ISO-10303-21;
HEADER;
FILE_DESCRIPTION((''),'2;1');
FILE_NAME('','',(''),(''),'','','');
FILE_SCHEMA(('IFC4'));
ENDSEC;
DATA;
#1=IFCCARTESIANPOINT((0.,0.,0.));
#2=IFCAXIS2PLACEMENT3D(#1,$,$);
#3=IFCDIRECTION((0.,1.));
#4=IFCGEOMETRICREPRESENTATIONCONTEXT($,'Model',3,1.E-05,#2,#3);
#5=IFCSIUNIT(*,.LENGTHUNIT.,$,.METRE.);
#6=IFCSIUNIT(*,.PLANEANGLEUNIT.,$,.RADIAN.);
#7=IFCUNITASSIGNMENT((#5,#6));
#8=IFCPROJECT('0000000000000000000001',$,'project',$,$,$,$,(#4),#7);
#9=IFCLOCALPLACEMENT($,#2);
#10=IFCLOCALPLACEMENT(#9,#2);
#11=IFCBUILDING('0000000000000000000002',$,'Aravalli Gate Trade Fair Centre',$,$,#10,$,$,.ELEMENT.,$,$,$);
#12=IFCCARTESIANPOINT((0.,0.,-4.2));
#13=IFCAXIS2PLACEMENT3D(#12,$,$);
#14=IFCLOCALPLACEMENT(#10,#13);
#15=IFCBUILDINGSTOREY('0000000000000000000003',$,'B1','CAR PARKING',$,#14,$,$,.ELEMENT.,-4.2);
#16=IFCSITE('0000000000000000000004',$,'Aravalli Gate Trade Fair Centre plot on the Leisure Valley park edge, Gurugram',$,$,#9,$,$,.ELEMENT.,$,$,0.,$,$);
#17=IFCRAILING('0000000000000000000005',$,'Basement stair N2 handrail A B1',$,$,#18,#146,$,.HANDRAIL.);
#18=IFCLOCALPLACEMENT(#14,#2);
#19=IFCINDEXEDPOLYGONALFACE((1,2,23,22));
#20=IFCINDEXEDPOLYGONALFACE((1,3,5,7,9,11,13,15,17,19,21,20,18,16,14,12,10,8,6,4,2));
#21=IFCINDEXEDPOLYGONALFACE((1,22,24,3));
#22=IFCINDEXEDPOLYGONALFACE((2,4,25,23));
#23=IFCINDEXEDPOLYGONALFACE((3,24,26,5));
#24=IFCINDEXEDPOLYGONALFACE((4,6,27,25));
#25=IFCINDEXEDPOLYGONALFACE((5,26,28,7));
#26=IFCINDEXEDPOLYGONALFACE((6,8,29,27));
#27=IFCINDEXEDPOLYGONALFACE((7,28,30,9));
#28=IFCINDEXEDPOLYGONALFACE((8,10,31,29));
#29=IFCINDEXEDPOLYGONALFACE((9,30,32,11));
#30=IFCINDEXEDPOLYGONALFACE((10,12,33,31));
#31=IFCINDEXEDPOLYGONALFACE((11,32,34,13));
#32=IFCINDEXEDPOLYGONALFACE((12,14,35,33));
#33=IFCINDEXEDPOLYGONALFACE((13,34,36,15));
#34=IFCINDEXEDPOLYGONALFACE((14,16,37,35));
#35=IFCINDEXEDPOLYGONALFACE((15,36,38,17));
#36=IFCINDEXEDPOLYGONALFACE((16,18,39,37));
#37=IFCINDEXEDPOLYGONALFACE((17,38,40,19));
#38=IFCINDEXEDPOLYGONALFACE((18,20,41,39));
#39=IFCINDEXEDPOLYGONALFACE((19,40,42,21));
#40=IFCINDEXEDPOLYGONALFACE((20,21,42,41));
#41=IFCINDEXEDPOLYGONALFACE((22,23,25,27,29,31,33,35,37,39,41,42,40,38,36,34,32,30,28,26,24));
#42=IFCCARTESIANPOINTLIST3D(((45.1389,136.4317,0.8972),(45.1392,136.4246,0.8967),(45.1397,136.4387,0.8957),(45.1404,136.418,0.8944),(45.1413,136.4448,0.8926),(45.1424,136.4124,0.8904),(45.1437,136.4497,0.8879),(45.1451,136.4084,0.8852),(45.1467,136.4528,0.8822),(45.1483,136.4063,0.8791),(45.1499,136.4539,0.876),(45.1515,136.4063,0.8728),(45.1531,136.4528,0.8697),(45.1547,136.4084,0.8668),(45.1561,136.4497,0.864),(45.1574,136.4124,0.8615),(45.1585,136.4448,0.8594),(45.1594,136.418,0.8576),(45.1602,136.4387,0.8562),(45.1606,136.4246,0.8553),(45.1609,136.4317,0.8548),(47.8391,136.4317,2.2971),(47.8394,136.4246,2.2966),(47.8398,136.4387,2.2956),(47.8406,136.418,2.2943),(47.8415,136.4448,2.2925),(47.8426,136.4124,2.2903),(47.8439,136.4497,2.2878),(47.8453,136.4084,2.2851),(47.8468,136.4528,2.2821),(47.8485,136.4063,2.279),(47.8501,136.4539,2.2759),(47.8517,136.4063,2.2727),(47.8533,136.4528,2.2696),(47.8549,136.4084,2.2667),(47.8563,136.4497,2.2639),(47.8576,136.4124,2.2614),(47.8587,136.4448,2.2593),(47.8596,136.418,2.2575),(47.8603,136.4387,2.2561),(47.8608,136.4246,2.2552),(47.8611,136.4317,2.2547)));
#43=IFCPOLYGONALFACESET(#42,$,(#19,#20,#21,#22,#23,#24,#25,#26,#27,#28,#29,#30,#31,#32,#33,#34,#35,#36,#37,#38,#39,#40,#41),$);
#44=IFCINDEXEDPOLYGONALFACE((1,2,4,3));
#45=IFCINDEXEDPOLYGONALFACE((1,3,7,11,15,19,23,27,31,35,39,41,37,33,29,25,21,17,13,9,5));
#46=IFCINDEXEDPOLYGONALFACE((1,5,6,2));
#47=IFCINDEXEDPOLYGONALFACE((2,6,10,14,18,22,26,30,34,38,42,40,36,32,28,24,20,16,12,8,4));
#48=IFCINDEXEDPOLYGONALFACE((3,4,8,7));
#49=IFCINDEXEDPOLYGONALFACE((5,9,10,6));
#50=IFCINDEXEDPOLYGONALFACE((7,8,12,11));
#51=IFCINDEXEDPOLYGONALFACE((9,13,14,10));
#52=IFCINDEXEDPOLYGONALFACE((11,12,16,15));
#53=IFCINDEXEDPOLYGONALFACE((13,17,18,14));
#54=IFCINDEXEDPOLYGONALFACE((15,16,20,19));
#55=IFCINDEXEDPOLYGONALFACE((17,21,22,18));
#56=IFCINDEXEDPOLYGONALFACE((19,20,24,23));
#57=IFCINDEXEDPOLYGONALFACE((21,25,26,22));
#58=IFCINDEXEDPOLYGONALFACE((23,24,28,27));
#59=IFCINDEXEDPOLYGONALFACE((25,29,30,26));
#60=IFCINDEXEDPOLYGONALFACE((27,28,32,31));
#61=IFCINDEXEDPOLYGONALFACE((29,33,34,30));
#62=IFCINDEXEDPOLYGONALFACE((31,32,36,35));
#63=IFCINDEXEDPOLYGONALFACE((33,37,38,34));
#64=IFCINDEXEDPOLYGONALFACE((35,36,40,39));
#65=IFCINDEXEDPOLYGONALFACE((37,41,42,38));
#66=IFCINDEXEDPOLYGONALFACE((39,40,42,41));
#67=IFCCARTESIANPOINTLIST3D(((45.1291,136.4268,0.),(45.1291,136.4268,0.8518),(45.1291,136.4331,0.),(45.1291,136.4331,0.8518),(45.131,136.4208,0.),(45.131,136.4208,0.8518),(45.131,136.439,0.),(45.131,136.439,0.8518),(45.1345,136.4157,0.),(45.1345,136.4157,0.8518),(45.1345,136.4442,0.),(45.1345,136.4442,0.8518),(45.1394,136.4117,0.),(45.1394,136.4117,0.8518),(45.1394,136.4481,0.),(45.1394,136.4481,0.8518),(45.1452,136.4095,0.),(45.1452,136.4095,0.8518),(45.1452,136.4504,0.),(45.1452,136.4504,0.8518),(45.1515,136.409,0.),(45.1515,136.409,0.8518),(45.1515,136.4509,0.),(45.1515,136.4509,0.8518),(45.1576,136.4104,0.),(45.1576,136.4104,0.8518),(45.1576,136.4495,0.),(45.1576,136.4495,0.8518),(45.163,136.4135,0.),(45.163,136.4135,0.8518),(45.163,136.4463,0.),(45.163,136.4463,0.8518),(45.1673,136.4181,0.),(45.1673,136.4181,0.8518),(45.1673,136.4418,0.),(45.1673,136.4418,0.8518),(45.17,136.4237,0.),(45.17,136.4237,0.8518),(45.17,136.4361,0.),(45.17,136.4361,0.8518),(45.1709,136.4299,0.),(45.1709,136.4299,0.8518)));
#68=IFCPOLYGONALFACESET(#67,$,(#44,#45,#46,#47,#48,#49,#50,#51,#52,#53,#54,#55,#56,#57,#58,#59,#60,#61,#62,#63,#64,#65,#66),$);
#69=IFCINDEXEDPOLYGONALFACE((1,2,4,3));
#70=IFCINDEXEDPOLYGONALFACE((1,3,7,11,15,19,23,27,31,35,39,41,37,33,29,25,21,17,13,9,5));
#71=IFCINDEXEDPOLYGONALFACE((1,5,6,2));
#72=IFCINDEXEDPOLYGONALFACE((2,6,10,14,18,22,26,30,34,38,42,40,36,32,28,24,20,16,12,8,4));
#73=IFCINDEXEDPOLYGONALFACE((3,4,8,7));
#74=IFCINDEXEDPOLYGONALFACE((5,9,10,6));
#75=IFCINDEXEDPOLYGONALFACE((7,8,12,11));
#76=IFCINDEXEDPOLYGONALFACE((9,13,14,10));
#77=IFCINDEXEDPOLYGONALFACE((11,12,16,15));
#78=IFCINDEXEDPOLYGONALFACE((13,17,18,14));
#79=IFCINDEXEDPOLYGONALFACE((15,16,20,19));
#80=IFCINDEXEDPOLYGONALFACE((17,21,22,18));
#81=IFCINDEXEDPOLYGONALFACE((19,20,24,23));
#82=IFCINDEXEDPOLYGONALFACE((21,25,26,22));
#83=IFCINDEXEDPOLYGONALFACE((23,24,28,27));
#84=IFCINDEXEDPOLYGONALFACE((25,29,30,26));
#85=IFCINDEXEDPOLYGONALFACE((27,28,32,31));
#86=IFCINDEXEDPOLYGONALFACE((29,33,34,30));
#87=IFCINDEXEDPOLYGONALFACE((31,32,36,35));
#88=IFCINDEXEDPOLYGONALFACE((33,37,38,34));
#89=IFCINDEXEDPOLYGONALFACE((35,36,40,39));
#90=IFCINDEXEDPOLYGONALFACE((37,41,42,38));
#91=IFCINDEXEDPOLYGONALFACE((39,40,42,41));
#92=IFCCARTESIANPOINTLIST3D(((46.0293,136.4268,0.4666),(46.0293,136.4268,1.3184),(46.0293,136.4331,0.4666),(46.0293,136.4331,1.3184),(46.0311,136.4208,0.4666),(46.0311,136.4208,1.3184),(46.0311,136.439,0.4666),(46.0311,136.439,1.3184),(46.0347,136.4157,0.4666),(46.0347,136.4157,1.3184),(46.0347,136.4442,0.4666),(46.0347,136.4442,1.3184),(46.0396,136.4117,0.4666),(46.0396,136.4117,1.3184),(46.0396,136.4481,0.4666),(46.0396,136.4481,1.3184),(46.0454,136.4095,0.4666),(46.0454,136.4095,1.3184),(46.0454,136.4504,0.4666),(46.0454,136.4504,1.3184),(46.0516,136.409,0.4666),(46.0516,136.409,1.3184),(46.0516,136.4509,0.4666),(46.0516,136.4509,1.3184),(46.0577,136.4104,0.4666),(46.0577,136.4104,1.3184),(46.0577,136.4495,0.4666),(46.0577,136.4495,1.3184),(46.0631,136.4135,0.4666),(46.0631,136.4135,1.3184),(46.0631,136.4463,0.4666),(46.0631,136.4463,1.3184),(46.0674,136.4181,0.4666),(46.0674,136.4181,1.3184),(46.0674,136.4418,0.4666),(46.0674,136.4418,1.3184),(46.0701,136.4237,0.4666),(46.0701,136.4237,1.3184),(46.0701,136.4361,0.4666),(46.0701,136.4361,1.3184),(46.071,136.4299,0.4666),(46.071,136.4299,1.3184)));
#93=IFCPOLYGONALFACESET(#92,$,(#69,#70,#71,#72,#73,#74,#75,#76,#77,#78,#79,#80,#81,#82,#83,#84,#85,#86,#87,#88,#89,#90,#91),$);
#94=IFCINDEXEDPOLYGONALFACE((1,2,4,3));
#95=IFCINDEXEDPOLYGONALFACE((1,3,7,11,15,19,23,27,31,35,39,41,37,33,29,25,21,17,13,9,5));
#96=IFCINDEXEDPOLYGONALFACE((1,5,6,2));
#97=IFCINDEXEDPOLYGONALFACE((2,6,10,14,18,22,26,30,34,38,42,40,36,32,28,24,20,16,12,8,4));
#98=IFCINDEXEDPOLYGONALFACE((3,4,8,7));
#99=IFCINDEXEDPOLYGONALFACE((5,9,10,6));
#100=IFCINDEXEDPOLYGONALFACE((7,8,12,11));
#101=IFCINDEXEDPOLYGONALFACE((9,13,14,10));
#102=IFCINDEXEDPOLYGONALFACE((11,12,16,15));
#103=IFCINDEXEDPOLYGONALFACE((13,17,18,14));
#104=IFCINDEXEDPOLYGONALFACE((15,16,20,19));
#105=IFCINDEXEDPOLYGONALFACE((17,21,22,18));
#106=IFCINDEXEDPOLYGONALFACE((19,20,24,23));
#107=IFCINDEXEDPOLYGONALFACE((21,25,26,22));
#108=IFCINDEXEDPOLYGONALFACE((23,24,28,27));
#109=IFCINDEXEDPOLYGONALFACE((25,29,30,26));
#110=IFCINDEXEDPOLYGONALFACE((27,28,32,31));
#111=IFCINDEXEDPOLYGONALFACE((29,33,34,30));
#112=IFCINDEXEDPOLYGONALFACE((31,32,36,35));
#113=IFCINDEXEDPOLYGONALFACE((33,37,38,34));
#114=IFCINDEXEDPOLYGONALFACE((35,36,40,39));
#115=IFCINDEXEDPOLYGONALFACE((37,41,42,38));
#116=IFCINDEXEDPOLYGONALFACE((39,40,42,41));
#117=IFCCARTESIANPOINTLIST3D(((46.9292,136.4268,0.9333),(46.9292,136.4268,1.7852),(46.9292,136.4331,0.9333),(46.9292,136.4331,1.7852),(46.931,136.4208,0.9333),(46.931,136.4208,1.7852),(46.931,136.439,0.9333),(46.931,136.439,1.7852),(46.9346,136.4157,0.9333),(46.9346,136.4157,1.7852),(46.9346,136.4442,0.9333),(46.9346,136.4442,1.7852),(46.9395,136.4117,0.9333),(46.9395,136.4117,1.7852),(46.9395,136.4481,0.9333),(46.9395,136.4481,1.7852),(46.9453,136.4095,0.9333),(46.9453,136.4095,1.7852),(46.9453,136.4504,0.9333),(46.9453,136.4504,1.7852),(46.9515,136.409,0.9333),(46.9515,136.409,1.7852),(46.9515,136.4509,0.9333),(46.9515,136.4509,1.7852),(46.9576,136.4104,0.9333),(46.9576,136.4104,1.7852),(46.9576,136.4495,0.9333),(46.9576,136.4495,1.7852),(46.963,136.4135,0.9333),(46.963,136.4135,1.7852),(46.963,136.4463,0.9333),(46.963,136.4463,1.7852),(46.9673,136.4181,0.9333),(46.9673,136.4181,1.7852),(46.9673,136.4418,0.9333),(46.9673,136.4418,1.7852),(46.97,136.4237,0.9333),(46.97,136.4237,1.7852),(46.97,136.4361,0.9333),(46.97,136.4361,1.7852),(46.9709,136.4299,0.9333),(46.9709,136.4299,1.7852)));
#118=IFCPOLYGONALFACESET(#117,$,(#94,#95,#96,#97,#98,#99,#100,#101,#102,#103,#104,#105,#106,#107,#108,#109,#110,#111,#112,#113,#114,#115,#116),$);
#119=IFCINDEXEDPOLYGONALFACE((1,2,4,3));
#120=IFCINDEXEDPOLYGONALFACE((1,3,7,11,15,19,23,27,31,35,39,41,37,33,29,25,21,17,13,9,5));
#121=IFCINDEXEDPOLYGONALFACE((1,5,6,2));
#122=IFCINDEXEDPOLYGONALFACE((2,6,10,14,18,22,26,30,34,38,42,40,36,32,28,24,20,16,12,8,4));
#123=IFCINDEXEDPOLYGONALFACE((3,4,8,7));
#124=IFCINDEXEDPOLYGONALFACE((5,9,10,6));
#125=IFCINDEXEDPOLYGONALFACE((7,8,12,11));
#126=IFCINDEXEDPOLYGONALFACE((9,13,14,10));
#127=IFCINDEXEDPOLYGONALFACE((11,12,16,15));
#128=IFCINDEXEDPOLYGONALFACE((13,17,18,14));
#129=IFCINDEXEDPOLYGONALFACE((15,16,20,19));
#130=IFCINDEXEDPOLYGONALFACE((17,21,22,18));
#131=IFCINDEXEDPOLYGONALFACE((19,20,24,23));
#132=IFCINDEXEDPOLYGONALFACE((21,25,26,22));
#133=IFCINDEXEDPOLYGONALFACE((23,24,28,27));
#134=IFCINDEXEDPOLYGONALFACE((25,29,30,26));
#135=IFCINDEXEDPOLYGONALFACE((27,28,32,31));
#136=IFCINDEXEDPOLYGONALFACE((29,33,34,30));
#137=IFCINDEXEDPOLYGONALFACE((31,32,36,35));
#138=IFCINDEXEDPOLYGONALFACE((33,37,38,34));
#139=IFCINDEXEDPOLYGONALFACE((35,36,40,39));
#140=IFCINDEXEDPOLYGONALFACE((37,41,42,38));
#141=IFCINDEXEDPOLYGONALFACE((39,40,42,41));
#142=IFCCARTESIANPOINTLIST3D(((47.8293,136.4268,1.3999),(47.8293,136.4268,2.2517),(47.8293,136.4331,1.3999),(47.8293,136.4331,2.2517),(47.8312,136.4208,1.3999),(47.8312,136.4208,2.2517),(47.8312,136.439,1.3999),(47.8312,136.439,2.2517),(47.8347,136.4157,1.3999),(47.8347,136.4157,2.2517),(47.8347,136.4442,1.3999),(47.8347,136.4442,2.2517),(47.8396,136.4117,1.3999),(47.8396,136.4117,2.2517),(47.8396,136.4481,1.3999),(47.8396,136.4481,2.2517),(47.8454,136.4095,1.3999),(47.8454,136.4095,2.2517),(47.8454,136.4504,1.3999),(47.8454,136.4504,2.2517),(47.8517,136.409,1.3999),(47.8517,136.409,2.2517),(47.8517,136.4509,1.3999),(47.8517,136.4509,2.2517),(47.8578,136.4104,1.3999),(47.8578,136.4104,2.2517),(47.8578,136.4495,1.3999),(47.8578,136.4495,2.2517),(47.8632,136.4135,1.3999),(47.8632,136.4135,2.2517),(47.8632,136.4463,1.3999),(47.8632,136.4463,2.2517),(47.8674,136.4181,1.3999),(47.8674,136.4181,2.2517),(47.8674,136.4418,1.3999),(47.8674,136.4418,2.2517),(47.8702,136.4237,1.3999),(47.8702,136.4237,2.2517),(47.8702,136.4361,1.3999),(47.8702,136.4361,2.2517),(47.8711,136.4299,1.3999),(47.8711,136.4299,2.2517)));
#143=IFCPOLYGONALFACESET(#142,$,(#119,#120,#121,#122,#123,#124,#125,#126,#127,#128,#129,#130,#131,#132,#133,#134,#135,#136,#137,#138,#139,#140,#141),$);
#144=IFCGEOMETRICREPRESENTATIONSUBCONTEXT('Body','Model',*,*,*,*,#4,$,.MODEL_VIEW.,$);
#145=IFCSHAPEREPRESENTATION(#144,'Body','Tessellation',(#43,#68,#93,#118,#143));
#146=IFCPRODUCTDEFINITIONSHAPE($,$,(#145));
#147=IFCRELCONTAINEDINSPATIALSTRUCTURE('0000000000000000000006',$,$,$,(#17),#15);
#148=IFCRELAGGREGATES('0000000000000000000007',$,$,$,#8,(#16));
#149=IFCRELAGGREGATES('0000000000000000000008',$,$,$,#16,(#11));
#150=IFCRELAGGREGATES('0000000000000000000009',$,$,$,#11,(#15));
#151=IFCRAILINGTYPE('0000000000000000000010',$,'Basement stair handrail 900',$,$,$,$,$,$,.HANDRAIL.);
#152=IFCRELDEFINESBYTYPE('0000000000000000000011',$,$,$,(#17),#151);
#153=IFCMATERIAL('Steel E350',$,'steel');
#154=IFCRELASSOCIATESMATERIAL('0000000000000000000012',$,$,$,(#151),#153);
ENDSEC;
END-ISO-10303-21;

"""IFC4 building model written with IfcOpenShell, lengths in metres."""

from ifc_helpers import new_model, si_unit, direction, frame, origin, origin_2d, place, context, subcontext, project, spatial, circle, extrude, material, type_object, element, save


model = new_model("IFC4")

# Units and contexts
model_context = context("Model", 3, precision=1e-05, world=origin(), true_north=direction((0.0, 1.0)))
body_context = subcontext(model_context, "Body", "Model", "MODEL_VIEW")
ifc_project = project(units=[si_unit("LENGTHUNIT", "METRE"), si_unit("PLANEANGLEUNIT", "RADIAN")], contexts=[model_context])

# Site, building, storey
site_placement = place(None, origin())
site = spatial("IfcSite", under=ifc_project, at=site_placement, Name="Aravalli Gate Trade Fair Centre plot on the Leisure Valley park edge, Gurugram", CompositionType="ELEMENT", RefElevation=0.0)
building_placement = place(site_placement, origin())
building = spatial("IfcBuilding", under=site, at=building_placement, Name="Aravalli Gate Trade Fair Centre", CompositionType="ELEMENT")
storey_placement = place(building_placement, frame((0.0, 0.0, -4.2)))
storey = spatial("IfcBuildingStorey", under=building, at=storey_placement, Name="B1", Description="CAR PARKING", CompositionType="ELEMENT", Elevation=-4.2)

# Railing
ifc_material_1 = material(Name="Steel E350", Category="steel")
railing_type_1 = type_object("IfcRailingType", Name="Basement stair handrail 900", PredefinedType="HANDRAIL", material=ifc_material_1)
for number, where, name in (
    (1, (45.1499, 136.4299, 0.0), "Basement stair N2 handrail A B1"),
):
    element("IfcRailing", number, at=place(storey_placement, frame(where)), inside=storey, type_object=railing_type_1, Name=name, PredefinedType="HANDRAIL", context=body_context, shape_type="SweptSolid", body=[
        extrude(circle(Radius=0.0239, at=origin_2d()), frame((0.0, 0.0, 0.876), z_axis=(0.887781, 0.0, 0.460266), x_axis=(0.0, 1.0, 0.0)), (0.0, 0.0, 1.0), 3.0415),
        extrude(circle(Radius=0.021, at=origin_2d()), origin(), (0.0, 0.0, 1.0), 0.8518),
        extrude(circle(Radius=0.021, at=origin_2d()), frame((0.9001, 0.0, 0.4666)), (0.0, 0.0, 1.0), 0.8518),
        extrude(circle(Radius=0.021, at=origin_2d()), frame((1.8, 0.0, 0.9333)), (0.0, 0.0, 1.0), 0.8518),
        extrude(circle(Radius=0.021, at=origin_2d()), frame((2.7002, 0.0, 1.3999)), (0.0, 0.0, 1.0), 0.8518),
    ])

save(model, "model.ifc")
